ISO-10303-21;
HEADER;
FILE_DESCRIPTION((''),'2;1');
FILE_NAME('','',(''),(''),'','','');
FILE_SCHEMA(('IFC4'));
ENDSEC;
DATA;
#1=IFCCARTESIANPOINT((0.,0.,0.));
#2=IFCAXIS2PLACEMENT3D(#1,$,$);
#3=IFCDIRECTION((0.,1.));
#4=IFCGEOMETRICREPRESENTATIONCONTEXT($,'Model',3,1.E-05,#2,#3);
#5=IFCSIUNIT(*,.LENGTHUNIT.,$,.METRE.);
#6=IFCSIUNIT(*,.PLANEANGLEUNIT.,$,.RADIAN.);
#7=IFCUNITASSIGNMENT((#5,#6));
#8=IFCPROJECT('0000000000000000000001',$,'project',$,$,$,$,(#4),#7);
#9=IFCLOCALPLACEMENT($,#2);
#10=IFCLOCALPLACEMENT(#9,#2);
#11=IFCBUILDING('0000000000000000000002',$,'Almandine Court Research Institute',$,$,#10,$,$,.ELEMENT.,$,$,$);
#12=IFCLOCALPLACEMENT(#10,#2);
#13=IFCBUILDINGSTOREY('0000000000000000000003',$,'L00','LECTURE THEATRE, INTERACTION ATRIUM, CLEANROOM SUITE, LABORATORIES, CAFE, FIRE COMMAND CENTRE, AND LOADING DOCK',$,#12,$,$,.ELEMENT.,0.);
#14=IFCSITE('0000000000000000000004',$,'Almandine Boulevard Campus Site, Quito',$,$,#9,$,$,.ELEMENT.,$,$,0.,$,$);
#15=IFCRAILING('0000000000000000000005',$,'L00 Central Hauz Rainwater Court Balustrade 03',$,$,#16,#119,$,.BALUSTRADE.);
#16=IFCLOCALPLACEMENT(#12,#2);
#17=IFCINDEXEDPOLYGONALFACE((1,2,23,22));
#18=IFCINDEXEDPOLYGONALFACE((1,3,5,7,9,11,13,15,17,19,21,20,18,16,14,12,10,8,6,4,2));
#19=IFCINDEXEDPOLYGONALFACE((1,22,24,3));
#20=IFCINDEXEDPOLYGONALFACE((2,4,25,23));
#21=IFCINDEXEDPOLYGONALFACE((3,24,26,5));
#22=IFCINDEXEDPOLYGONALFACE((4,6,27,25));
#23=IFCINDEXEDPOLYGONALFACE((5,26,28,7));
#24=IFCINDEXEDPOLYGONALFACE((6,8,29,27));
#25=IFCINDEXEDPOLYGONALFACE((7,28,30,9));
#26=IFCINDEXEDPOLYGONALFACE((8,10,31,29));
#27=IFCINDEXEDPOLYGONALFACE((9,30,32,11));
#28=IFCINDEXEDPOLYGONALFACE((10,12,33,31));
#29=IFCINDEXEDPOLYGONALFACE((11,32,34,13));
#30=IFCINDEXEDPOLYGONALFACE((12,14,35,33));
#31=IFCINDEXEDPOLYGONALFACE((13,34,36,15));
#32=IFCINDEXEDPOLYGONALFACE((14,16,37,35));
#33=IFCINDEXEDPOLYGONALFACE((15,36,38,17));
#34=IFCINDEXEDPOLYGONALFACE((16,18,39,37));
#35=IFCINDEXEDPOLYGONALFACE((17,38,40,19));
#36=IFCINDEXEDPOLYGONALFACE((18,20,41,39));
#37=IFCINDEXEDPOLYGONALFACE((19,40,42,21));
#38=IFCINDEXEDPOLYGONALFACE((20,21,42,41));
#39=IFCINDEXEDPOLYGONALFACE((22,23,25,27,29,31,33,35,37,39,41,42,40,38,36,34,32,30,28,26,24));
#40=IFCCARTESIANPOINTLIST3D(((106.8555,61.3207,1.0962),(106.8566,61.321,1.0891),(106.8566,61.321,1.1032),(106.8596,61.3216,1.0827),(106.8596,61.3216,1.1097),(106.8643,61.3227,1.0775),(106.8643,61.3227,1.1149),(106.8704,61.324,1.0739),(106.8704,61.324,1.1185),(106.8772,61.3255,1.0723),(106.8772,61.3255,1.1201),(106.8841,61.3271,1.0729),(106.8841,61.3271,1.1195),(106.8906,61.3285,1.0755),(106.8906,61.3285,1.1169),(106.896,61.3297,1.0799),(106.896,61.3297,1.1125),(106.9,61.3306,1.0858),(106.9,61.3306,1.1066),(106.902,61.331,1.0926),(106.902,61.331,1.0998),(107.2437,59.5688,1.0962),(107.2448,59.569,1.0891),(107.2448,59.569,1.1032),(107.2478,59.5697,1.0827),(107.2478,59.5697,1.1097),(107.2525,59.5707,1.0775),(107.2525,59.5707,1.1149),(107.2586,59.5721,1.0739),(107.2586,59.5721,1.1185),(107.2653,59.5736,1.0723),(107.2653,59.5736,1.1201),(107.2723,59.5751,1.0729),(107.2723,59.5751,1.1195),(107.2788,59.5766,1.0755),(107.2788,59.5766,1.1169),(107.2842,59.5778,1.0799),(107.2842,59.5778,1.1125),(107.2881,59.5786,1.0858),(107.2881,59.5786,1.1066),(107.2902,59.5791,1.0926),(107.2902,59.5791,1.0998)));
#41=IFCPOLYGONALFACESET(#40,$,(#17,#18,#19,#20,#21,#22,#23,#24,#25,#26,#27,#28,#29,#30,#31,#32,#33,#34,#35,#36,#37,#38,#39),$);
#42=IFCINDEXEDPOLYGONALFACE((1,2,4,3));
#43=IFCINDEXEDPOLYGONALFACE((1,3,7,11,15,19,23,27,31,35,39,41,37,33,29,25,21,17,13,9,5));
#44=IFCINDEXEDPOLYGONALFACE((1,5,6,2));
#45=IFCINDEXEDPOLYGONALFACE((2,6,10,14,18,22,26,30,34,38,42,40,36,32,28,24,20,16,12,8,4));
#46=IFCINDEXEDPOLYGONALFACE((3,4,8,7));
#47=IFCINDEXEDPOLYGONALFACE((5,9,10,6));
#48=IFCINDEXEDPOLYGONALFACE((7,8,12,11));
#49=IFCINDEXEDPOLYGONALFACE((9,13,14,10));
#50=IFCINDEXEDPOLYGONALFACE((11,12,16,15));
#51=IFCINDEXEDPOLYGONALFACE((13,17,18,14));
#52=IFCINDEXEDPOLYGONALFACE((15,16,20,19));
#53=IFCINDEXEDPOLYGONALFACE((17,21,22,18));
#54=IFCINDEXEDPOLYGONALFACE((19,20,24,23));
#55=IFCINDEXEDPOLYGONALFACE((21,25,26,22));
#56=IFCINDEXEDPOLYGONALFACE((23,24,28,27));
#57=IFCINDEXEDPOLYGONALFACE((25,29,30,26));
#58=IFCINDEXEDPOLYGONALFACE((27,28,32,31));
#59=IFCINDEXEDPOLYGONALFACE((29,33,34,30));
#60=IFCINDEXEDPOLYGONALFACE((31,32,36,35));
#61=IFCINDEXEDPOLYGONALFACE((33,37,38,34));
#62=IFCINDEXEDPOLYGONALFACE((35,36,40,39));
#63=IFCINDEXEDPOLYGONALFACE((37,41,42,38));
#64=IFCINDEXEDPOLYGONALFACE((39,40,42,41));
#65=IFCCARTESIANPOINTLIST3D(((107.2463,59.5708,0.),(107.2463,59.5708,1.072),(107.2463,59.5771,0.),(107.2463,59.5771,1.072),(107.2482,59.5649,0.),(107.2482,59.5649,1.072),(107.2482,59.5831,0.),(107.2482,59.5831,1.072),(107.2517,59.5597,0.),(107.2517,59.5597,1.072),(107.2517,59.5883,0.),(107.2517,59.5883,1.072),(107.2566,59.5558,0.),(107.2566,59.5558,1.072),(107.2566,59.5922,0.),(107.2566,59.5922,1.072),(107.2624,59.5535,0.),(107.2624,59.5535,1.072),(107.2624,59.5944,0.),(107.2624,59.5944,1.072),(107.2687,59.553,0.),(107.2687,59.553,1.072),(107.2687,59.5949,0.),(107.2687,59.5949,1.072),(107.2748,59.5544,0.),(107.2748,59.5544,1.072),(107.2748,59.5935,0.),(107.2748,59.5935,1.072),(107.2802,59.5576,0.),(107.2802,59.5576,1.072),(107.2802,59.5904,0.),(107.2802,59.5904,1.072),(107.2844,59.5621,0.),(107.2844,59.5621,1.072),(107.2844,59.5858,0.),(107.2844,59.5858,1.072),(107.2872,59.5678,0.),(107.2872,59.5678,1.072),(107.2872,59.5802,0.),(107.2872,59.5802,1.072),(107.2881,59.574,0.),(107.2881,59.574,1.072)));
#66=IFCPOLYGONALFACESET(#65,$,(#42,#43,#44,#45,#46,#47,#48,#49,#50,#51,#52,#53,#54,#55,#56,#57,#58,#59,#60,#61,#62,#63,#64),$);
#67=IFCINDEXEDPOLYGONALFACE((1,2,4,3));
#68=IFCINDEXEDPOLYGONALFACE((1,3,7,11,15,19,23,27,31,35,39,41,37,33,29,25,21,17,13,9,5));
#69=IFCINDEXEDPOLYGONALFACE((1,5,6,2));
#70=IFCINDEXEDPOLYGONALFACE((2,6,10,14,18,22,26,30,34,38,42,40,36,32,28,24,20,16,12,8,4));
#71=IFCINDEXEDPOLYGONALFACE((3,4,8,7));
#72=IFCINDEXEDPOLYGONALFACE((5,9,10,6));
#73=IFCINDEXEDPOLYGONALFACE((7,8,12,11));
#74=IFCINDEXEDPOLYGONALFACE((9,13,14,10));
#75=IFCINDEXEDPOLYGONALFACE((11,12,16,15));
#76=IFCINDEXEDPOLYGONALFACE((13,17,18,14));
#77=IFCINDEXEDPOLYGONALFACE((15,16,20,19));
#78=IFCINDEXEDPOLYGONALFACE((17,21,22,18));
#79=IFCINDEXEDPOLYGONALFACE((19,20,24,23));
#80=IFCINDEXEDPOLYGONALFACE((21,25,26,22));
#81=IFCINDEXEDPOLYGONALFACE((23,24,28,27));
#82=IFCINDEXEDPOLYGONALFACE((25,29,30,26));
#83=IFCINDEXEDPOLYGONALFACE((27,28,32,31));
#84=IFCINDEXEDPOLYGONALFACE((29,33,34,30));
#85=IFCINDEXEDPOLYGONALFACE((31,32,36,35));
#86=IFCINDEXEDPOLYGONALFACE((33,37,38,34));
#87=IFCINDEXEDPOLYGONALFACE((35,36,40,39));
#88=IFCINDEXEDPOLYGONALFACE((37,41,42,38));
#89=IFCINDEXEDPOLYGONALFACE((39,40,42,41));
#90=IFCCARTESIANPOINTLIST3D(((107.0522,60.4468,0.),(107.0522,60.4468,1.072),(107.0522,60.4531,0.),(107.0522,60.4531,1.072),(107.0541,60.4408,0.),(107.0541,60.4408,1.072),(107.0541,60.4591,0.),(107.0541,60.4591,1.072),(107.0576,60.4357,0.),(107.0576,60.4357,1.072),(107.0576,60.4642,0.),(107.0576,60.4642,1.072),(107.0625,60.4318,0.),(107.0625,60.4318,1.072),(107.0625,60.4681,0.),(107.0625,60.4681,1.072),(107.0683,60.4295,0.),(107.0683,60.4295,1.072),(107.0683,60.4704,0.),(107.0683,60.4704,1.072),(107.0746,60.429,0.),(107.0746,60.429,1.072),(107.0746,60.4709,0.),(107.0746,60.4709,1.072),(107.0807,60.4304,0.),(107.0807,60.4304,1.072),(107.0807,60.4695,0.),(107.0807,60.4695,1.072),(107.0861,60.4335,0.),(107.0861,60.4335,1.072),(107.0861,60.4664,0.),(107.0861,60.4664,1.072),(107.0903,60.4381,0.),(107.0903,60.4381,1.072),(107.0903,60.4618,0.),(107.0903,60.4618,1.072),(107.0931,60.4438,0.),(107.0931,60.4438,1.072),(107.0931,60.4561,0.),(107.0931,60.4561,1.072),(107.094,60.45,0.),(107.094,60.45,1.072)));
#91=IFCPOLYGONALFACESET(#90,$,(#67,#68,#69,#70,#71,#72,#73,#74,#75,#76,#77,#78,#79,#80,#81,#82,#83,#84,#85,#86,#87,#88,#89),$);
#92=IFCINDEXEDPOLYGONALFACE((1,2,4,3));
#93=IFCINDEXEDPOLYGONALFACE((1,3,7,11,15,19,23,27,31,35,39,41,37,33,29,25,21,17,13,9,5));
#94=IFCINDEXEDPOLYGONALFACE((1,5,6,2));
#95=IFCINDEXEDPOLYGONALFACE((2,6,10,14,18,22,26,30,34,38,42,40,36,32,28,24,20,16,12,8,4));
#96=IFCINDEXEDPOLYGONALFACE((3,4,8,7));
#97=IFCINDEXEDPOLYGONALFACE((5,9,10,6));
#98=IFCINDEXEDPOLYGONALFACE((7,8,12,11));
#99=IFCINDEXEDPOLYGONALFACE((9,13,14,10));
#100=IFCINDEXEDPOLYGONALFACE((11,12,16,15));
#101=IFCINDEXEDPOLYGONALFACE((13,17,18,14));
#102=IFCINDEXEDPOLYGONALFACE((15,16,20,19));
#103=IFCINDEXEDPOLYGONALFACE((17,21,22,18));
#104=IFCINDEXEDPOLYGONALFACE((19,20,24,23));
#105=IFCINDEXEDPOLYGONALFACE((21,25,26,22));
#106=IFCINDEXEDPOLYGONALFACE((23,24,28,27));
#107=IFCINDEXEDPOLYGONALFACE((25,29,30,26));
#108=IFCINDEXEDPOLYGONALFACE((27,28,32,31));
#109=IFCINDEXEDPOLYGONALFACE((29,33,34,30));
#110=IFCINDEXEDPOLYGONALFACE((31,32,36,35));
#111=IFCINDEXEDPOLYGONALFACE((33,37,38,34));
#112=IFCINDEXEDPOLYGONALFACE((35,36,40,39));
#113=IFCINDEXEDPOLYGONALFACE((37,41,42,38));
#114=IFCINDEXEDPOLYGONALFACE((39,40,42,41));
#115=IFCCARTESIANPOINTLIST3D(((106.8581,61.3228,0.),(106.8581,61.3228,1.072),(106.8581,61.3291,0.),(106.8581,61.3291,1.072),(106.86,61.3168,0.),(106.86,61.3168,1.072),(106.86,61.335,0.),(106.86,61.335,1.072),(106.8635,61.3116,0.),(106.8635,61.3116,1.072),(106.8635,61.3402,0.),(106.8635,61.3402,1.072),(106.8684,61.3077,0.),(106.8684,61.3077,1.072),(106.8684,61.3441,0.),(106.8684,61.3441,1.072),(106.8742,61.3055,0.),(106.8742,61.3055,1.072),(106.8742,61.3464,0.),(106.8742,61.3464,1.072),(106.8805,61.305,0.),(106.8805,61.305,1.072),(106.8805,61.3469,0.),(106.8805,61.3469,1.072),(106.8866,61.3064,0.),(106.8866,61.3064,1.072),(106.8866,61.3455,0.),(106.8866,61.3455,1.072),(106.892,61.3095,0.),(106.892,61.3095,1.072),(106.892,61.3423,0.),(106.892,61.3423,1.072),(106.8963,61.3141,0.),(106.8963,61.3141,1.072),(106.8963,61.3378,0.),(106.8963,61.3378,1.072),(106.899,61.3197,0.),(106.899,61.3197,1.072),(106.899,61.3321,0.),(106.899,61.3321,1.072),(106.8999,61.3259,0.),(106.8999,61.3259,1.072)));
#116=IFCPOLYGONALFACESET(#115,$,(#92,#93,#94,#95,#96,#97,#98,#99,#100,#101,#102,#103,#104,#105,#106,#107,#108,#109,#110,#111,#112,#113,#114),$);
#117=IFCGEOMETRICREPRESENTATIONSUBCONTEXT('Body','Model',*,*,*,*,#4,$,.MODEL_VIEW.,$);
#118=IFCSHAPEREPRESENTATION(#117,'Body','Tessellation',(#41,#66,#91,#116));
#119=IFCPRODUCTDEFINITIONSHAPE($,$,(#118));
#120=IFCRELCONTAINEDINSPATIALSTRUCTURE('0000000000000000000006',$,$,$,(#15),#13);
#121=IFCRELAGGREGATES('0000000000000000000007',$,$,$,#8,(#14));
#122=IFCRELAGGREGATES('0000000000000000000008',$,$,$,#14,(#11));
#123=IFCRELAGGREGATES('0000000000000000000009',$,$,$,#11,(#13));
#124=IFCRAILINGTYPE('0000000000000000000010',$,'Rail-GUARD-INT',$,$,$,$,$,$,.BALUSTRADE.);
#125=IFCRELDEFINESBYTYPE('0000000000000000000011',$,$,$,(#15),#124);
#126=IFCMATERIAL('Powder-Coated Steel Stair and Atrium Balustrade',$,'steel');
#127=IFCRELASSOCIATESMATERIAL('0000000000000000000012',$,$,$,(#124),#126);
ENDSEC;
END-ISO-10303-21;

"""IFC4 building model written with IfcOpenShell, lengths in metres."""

from ifc_helpers import new_model, si_unit, direction, frame, origin, origin_2d, place, context, subcontext, project, spatial, circle, extrude, material, type_object, element, save


model = new_model("IFC4")

# Units and contexts
model_context = context("Model", 3, precision=1e-05, world=origin(), true_north=direction((0.0, 1.0)))
body_context = subcontext(model_context, "Body", "Model", "MODEL_VIEW")
ifc_project = project(units=[si_unit("LENGTHUNIT", "METRE"), si_unit("PLANEANGLEUNIT", "RADIAN")], contexts=[model_context])

# Site, building, storey
site_placement = place(None, origin())
site = spatial("IfcSite", under=ifc_project, at=site_placement, Name="Almandine Boulevard Campus Site, Quito", CompositionType="ELEMENT", RefElevation=0.0)
building_placement = place(site_placement, origin())
building = spatial("IfcBuilding", under=site, at=building_placement, Name="Almandine Court Research Institute", CompositionType="ELEMENT")
storey_placement = place(building_placement, origin())
storey = spatial("IfcBuildingStorey", under=building, at=storey_placement, Name="L00", Description="LECTURE THEATRE, INTERACTION ATRIUM, CLEANROOM SUITE, LABORATORIES, CAFE, FIRE COMMAND CENTRE, AND LOADING DOCK", CompositionType="ELEMENT", Elevation=0.0)

# Railing
ifc_material_1 = material(Name="Powder-Coated Steel Stair and Atrium Balustrade", Category="steel")
railing_type = type_object("IfcRailingType", Name="Rail-GUARD-INT", PredefinedType="BALUSTRADE", material=ifc_material_1)
railing_1_placement = place(storey_placement, frame((107.2671, 59.574, 0.0)))
element("IfcRailing", 1, at=railing_1_placement, inside=storey, type_object=railing_type, Name="L00 Central Hauz Rainwater Court Balustrade 03", PredefinedType="BALUSTRADE", context=body_context, shape_type="SweptSolid", body=[
    extrude(circle(Radius=0.0239, at=origin_2d()), frame((0.0, 0.0, 1.0962), z_axis=(-0.216325, 0.976321, 0.0), x_axis=(-0.976321, -0.216325, 0.0)), (0.0, 0.0, 1.0), 1.7944),
    extrude(circle(Radius=0.021, at=origin_2d()), origin(), (0.0, 0.0, 1.0), 1.072),
    extrude(circle(Radius=0.021, at=origin_2d()), frame((-0.1941, 0.876, 0.0)), (0.0, 0.0, 1.0), 1.072),
    extrude(circle(Radius=0.021, at=origin_2d()), frame((-0.3882, 1.752, 0.0)), (0.0, 0.0, 1.0), 1.072),
])

save(model, "model.ifc")
